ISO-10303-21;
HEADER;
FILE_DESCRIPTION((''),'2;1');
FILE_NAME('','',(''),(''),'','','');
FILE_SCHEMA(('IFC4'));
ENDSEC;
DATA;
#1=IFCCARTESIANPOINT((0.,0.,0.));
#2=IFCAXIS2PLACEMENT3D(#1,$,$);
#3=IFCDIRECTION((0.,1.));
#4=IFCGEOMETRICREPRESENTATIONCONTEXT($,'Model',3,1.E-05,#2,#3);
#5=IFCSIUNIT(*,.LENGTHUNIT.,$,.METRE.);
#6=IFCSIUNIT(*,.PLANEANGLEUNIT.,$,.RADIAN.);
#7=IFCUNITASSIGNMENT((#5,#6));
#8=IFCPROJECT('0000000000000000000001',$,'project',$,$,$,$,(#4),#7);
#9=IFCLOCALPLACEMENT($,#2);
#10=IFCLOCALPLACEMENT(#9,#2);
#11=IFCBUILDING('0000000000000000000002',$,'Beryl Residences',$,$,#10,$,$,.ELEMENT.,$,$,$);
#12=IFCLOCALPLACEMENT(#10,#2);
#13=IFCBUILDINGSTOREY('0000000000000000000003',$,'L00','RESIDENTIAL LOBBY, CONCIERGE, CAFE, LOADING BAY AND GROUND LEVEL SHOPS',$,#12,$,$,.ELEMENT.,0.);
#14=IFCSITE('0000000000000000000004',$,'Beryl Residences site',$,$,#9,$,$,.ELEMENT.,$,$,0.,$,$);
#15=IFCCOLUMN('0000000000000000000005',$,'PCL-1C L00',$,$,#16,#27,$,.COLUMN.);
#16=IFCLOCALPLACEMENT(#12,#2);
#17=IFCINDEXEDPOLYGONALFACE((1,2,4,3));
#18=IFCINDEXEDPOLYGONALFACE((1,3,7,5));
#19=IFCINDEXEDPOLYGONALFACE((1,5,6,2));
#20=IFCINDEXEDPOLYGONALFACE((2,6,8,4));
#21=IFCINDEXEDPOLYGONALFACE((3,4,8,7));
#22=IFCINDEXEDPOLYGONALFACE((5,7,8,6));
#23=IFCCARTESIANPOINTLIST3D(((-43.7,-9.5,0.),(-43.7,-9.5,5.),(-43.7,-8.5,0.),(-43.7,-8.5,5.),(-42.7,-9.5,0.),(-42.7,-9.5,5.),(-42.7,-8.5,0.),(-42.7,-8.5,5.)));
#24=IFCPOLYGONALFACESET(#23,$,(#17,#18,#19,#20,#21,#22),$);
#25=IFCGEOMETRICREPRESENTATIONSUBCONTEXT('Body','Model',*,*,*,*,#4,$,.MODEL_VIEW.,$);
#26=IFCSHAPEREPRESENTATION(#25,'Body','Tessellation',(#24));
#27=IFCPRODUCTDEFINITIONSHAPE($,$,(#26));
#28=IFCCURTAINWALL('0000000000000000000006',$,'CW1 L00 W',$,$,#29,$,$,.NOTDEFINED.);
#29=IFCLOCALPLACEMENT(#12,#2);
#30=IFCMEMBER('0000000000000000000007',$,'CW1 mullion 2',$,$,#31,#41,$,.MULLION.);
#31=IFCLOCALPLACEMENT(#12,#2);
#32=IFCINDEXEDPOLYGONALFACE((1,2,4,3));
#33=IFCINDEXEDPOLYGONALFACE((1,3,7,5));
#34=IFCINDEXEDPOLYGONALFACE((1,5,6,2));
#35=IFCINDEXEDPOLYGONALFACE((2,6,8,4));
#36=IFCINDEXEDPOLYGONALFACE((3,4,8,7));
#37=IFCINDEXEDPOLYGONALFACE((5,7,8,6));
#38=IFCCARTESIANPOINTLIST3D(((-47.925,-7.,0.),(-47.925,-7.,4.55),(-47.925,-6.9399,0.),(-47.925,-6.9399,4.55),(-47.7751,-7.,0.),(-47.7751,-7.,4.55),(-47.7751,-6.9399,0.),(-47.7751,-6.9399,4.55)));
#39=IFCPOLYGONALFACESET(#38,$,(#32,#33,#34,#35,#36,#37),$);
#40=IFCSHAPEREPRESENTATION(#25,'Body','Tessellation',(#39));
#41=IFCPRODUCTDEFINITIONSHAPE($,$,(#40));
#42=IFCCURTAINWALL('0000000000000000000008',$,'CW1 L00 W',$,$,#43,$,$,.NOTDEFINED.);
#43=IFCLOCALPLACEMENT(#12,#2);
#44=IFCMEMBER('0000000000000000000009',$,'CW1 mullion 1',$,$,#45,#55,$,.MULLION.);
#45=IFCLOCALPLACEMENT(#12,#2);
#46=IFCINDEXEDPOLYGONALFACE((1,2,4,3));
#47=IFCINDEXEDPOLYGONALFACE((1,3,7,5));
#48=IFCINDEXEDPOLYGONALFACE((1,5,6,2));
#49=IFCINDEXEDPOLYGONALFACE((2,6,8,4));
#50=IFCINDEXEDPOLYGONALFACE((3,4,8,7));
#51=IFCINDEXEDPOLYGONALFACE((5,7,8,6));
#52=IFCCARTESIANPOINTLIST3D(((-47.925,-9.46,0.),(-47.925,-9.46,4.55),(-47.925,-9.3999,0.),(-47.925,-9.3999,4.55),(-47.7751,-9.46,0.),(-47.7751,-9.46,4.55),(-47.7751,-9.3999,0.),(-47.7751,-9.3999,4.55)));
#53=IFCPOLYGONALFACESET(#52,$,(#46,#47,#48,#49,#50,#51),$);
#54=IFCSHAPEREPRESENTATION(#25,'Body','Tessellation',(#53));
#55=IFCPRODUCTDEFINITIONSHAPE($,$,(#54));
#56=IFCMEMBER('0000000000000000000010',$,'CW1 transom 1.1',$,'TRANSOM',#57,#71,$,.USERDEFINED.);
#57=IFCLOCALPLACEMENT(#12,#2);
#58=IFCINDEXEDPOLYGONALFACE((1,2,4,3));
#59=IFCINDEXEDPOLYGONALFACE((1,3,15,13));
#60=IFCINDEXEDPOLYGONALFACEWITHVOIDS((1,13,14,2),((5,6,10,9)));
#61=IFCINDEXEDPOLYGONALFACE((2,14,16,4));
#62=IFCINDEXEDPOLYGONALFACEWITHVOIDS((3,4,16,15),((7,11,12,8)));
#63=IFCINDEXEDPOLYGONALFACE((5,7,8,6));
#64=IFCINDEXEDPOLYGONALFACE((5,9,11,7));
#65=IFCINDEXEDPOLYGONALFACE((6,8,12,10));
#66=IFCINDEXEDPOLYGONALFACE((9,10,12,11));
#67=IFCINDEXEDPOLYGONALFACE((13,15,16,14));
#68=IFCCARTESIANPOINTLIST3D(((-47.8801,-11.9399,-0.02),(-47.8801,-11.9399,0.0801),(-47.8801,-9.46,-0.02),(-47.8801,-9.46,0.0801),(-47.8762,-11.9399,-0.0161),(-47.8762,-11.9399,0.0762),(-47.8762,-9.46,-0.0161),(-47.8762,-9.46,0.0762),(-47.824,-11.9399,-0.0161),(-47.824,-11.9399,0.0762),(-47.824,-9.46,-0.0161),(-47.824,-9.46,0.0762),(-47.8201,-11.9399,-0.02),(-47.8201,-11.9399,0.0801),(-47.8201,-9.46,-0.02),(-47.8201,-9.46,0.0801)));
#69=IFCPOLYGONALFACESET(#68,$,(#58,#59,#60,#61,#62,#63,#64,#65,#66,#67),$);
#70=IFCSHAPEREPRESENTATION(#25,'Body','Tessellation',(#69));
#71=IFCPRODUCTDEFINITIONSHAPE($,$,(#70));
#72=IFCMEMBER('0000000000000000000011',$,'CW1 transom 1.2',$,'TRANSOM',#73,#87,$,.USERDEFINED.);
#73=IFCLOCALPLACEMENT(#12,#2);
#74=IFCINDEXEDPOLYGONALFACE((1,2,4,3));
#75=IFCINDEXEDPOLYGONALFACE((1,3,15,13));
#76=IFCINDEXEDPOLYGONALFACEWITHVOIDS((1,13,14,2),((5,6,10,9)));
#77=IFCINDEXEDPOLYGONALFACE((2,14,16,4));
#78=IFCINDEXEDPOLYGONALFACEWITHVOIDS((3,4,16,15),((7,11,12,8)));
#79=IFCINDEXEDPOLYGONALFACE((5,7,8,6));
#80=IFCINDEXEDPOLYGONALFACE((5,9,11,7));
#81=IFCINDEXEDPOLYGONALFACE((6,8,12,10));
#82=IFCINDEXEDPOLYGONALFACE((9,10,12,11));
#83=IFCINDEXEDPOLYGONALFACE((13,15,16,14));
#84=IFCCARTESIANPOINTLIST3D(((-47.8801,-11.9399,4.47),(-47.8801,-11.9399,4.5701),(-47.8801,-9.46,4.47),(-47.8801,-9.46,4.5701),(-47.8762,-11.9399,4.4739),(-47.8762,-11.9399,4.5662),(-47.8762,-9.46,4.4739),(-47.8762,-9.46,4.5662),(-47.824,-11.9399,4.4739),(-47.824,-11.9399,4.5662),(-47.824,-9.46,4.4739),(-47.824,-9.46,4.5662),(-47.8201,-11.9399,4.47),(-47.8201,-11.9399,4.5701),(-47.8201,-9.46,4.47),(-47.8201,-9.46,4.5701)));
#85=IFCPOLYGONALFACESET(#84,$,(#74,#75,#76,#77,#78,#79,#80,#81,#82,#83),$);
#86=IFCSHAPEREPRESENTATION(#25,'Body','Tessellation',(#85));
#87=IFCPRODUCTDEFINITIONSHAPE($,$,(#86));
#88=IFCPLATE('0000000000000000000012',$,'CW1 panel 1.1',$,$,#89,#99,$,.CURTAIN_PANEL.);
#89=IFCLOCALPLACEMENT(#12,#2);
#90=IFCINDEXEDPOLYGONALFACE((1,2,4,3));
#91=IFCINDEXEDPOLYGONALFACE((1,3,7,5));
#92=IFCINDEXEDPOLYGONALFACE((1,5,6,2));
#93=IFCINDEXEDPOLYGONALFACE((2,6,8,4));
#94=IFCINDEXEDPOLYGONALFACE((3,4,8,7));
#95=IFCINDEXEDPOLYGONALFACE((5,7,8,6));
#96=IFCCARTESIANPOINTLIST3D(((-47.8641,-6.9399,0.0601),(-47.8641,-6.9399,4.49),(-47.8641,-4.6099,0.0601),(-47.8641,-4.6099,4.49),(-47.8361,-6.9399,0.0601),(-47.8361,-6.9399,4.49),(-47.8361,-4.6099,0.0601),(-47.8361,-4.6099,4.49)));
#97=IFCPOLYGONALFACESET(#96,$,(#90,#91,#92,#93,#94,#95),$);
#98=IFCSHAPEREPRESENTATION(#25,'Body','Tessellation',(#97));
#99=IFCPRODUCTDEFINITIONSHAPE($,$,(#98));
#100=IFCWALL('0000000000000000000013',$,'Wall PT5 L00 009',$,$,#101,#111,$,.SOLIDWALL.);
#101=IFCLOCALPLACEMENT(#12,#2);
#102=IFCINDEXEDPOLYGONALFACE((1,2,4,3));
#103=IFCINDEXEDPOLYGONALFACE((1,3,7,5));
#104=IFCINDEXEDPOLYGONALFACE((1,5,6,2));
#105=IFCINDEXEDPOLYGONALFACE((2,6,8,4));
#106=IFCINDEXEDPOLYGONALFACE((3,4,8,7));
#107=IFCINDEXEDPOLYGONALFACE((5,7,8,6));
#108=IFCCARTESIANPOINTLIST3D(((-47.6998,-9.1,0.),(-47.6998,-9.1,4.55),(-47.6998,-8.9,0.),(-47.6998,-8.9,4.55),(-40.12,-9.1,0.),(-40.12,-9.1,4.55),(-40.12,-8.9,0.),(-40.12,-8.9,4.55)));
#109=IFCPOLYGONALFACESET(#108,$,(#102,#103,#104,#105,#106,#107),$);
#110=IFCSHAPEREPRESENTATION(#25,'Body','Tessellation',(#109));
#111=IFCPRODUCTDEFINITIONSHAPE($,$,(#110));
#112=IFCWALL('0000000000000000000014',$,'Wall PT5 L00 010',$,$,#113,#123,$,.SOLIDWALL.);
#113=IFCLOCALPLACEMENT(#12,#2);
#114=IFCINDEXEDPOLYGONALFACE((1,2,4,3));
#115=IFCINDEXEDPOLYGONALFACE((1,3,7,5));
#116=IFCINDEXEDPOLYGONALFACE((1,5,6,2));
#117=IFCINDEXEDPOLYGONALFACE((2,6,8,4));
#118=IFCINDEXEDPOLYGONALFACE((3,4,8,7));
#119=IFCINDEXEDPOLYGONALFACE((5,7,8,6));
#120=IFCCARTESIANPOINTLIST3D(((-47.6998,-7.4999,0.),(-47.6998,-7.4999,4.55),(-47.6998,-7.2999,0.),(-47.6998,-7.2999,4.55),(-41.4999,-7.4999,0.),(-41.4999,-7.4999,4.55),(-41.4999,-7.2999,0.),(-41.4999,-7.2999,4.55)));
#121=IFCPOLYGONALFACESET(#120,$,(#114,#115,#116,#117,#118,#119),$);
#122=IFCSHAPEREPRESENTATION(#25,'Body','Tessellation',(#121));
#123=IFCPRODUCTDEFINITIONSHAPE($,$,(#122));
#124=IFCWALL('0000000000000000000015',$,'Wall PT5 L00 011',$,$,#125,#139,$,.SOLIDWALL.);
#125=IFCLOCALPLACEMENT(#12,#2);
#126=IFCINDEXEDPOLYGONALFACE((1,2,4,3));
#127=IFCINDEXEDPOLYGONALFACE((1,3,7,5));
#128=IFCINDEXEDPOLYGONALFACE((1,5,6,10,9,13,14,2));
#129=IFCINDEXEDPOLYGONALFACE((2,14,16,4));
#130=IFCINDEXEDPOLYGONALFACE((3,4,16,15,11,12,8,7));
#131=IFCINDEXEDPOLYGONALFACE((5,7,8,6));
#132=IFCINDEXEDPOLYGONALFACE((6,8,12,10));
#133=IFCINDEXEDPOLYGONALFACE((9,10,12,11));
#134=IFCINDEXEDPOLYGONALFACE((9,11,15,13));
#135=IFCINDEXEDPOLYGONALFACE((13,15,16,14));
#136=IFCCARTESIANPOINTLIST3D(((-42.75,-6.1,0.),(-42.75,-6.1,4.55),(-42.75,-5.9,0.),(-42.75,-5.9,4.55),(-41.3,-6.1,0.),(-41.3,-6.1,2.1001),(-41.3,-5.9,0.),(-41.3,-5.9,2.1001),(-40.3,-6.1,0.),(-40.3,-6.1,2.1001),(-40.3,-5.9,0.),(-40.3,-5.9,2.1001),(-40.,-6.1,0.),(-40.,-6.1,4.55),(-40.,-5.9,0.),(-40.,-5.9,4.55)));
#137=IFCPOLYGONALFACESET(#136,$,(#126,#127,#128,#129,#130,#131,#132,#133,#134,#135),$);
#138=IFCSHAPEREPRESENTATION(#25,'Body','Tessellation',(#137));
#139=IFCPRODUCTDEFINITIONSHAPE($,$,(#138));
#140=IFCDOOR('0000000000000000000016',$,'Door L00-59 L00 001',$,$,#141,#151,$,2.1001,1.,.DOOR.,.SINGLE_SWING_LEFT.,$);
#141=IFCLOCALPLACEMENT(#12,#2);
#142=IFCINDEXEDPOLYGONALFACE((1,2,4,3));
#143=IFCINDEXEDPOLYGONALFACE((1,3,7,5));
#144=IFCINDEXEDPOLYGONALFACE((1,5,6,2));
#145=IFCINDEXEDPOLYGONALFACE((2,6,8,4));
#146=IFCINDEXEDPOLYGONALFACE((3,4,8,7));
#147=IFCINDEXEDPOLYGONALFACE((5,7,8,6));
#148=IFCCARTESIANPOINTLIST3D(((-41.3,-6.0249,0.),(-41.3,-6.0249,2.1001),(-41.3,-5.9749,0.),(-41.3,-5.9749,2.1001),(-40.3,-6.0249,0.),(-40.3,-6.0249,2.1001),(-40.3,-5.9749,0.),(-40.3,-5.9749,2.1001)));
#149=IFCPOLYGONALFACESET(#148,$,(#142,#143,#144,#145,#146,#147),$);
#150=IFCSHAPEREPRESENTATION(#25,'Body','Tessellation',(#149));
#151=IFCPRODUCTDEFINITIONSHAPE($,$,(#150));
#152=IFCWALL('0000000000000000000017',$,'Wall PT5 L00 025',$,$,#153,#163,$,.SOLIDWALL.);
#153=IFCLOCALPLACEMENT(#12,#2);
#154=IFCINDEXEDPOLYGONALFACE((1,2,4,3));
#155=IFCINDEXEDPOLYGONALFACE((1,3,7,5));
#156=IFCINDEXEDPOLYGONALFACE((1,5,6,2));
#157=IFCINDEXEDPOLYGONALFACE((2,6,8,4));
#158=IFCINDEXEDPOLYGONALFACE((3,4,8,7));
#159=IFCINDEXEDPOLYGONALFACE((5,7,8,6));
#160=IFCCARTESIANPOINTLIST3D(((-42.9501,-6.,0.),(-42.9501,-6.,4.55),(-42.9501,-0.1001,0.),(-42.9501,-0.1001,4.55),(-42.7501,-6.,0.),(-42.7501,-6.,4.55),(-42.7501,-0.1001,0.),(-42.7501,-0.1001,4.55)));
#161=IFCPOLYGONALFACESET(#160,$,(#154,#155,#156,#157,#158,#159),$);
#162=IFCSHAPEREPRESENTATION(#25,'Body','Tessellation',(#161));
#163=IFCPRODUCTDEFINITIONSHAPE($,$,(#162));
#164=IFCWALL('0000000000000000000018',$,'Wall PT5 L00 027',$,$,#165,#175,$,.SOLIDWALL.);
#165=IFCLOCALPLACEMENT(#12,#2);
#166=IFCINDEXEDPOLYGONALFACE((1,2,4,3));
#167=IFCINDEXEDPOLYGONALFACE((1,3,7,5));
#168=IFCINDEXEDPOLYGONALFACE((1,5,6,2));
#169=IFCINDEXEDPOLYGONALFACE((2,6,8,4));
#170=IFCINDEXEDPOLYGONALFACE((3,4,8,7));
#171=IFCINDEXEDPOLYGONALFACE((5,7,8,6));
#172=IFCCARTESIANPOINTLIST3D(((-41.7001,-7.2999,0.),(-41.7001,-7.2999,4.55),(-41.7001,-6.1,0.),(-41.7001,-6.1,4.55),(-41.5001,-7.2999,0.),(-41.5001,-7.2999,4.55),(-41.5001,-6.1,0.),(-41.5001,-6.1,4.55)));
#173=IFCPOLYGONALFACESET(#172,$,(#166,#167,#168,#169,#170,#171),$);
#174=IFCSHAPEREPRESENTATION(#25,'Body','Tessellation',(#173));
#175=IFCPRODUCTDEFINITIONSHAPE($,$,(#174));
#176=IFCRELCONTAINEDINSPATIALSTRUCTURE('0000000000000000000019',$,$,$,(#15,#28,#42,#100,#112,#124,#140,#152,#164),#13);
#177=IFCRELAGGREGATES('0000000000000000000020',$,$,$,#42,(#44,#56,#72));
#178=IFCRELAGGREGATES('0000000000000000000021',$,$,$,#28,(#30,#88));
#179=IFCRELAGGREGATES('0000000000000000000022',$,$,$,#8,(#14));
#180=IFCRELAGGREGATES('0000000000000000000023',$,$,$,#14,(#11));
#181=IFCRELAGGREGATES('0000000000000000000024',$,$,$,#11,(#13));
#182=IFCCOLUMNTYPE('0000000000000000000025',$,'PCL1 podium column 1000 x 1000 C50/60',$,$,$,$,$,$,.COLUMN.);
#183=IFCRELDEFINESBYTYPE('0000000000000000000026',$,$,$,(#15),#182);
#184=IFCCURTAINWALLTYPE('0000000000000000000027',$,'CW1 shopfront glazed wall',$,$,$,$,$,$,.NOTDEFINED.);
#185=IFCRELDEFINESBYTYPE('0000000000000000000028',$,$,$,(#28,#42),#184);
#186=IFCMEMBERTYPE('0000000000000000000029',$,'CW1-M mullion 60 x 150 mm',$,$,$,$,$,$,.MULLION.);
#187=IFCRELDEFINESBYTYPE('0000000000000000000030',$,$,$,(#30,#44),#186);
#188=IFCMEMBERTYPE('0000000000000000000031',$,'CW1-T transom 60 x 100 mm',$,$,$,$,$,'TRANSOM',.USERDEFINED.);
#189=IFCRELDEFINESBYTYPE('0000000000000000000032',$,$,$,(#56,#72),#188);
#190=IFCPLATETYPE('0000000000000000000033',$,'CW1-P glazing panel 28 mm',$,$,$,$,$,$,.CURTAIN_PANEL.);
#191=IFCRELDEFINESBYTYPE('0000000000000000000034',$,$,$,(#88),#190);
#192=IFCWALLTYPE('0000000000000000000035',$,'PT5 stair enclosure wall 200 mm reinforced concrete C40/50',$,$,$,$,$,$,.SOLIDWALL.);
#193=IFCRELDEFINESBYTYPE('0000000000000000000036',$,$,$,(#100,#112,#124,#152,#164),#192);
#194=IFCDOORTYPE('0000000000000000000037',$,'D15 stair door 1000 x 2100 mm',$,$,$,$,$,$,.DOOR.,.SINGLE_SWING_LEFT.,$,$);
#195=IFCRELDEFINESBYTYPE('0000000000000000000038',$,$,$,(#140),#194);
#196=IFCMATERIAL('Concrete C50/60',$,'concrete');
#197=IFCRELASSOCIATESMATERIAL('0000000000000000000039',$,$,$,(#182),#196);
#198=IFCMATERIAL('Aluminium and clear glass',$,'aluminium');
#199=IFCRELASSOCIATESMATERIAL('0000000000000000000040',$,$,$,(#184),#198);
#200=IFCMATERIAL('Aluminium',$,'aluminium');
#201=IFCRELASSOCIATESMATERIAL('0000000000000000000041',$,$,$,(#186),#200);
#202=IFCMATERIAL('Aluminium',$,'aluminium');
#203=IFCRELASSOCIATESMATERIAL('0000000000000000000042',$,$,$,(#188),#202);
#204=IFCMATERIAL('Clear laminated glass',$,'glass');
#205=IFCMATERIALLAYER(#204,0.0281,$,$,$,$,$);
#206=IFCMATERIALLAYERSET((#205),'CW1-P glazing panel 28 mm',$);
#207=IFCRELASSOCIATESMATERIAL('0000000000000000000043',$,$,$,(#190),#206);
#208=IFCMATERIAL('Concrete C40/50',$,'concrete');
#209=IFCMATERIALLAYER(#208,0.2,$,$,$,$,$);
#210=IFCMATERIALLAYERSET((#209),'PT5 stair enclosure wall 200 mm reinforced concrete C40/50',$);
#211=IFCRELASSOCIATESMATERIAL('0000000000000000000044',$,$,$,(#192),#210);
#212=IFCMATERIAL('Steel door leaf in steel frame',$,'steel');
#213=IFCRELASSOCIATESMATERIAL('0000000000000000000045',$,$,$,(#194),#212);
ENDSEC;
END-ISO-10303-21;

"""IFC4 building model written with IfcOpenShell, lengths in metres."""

from ifc_helpers import new_model, si_unit, direction, frame, frame_2d, origin, origin_2d, place, context, subcontext, project, spatial, rectangle, hollow_rectangle, extrude, material, layer, layer_set, material_profile, profile_set, type_object, element, fill, aggregate, save


model = new_model("IFC4")

# Units and contexts
model_context = context("Model", 3, precision=1e-05, world=origin(), true_north=direction((0.0, 1.0)))
body_context = subcontext(model_context, "Body", "Model", "MODEL_VIEW")
ifc_project = project(units=[si_unit("LENGTHUNIT", "METRE"), si_unit("PLANEANGLEUNIT", "RADIAN")], contexts=[model_context])

# Site, building, storey
site_placement = place(None, origin())
site = spatial("IfcSite", under=ifc_project, at=site_placement, Name="Beryl Residences site", CompositionType="ELEMENT", RefElevation=0.0)
building_placement = place(site_placement, origin())
building = spatial("IfcBuilding", under=site, at=building_placement, Name="Beryl Residences", CompositionType="ELEMENT")
storey_placement = place(building_placement, origin())
storey = spatial("IfcBuildingStorey", under=building, at=storey_placement, Name="L00", Description="RESIDENTIAL LOBBY, CONCIERGE, CAFE, LOADING BAY AND GROUND LEVEL SHOPS", CompositionType="ELEMENT", Elevation=0.0)

# Column
ifc_material_1 = material(Name="Concrete C50/60", Category="concrete")
ifc_material_profile_1 = material_profile(ifc_material_1, rectangle(XDim=1.0, YDim=1.0, at=origin_2d()))
ifc_profile_set_1 = profile_set([ifc_material_profile_1], Name="Concrete C50/60")
column_type = type_object("IfcColumnType", Name="PCL1 podium column 1000 x 1000 C50/60", PredefinedType="COLUMN", material=ifc_profile_set_1)
column_placement = place(storey_placement, frame((-43.2, -9.0, 0.0), z_axis=(0.0, 0.0, 1.0), x_axis=(1.0, 0.0, 0.0)))
element("IfcColumn", 1, at=column_placement, inside=storey, type_object=column_type, Name="PCL-1C L00", PredefinedType="COLUMN", context=body_context, shape_type="SweptSolid", body=[
    extrude(rectangle(XDim=1.0, YDim=1.0, at=origin_2d()), origin(), (0.0, 0.0, 1.0), 5.0),
])

# Curtain wall, member
ifc_material_2 = material(Name="Aluminium and clear glass", Category="aluminium")
curtain_wall_type = type_object("IfcCurtainWallType", Name="CW1 shopfront glazed wall", PredefinedType="NOTDEFINED", material=ifc_material_2)
curtain_wall_1_placement = place(storey_placement, origin())
curtain_wall_1 = element("IfcCurtainWall", 2, at=curtain_wall_1_placement, inside=storey, type_object=curtain_wall_type, Name="CW1 L00 W", PredefinedType="NOTDEFINED")
ifc_material_3 = material(Name="Aluminium", Category="aluminium")
ifc_material_profile_2 = material_profile(ifc_material_3, rectangle(XDim=0.0601, YDim=0.1499, at=origin_2d()))
ifc_profile_set_2 = profile_set([ifc_material_profile_2], Name="Aluminium")
member_type_1 = type_object("IfcMemberType", Name="CW1-M mullion 60 x 150 mm", PredefinedType="MULLION", material=ifc_profile_set_2)
member_1_placement = place(storey_placement, frame((-47.8501, -6.97, 0.0), z_axis=(0.0, 0.0, 1.0), x_axis=(0.0, -1.0, 0.0)))
member_1 = element("IfcMember", 3, at=member_1_placement, type_object=member_type_1, Name="CW1 mullion 2", PredefinedType="MULLION", context=body_context, shape_type="SweptSolid", body=[
    extrude(rectangle(XDim=0.0601, YDim=0.1499, at=origin_2d()), origin(), (0.0, 0.0, 1.0), 4.55),
])

# Curtain wall, members
curtain_wall_2_placement = place(storey_placement, origin())
curtain_wall_2 = element("IfcCurtainWall", 4, at=curtain_wall_2_placement, inside=storey, type_object=curtain_wall_type, Name="CW1 L00 W", PredefinedType="NOTDEFINED")
member_2_placement = place(storey_placement, frame((-47.8501, -9.4299, 0.0), z_axis=(0.0, 0.0, 1.0), x_axis=(0.0, -1.0, 0.0)))
member_2 = element("IfcMember", 5, at=member_2_placement, type_object=member_type_1, Name="CW1 mullion 1", PredefinedType="MULLION", context=body_context, shape_type="SweptSolid", body=[
    extrude(rectangle(XDim=0.0601, YDim=0.1499, at=origin_2d()), origin(), (0.0, 0.0, 1.0), 4.55),
])
ifc_material_4 = material(Name="Aluminium", Category="aluminium")
ifc_material_profile_3 = material_profile(ifc_material_4, hollow_rectangle(XDim=0.0601, YDim=0.1001, WallThickness=0.0039, at=origin_2d()))
ifc_profile_set_3 = profile_set([ifc_material_profile_3], Name="Aluminium")
member_type_2 = type_object("IfcMemberType", Name="CW1-T transom 60 x 100 mm", ElementType="TRANSOM", PredefinedType="USERDEFINED", material=ifc_profile_set_3)
member_3_placement = place(storey_placement, frame((-47.8501, -9.46, 0.03), z_axis=(0.0, -1.0, 0.0), x_axis=(1.0, 0.0, 0.0)))
member_3 = element("IfcMember", 6, at=member_3_placement, type_object=member_type_2, Name="CW1 transom 1.1", ObjectType="TRANSOM", PredefinedType="USERDEFINED", context=body_context, shape_type="SweptSolid", body=[
    extrude(hollow_rectangle(XDim=0.0601, YDim=0.1001, WallThickness=0.0039, at=origin_2d()), origin(), (0.0, 0.0, 1.0), 2.48),
])
member_4_placement = place(storey_placement, frame((-47.8501, -9.46, 4.52), z_axis=(0.0, -1.0, 0.0), x_axis=(1.0, 0.0, 0.0)))
member_4 = element("IfcMember", 7, at=member_4_placement, type_object=member_type_2, Name="CW1 transom 1.2", ObjectType="TRANSOM", PredefinedType="USERDEFINED", context=body_context, shape_type="SweptSolid", body=[
    extrude(hollow_rectangle(XDim=0.0601, YDim=0.1001, WallThickness=0.0039, at=origin_2d()), origin(), (0.0, 0.0, 1.0), 2.48),
])
aggregate(curtain_wall_2, [member_2, member_3, member_4])

# Plate
ifc_material_5 = material(Name="Clear laminated glass", Category="glass")
ifc_layer_1 = layer(ifc_material_5, 0.0281)
ifc_layer_set_1 = layer_set([ifc_layer_1], Name="CW1-P glazing panel 28 mm")
plate_type = type_object("IfcPlateType", Name="CW1-P glazing panel 28 mm", PredefinedType="CURTAIN_PANEL", material=ifc_layer_set_1)
plate_placement = place(storey_placement, frame((-47.8501, -5.7749, 0.0601), z_axis=(0.0, 0.0, 1.0), x_axis=(0.0, -1.0, 0.0)))
plate = element("IfcPlate", 8, at=plate_placement, type_object=plate_type, Name="CW1 panel 1.1", PredefinedType="CURTAIN_PANEL", context=body_context, shape_type="SweptSolid", body=[
    extrude(rectangle(XDim=2.3301, YDim=0.0281, at=origin_2d()), origin(), (0.0, 0.0, 1.0), 4.4299),
])
aggregate(curtain_wall_1, [member_1, plate])

# Walls
ifc_material_6 = material(Name="Concrete C40/50", Category="concrete")
ifc_layer_2 = layer(ifc_material_6, 0.2)
ifc_layer_set_2 = layer_set([ifc_layer_2], Name="PT5 stair enclosure wall 200 mm reinforced concrete C40/50")
wall_type_1 = type_object("IfcWallType", Name="PT5 stair enclosure wall 200 mm reinforced concrete C40/50", PredefinedType="SOLIDWALL", material=ifc_layer_set_2)
wall_1_placement = place(storey_placement, frame((-47.7, -9.0, 0.0), z_axis=(0.0, 0.0, 1.0), x_axis=(1.0, 0.0, 0.0)))
element("IfcWall", 9, at=wall_1_placement, inside=storey, type_object=wall_type_1, Name="Wall PT5 L00 009", PredefinedType="SOLIDWALL", context=body_context, shape_type="SweptSolid", body=[
    extrude(rectangle(XDim=7.5798, YDim=0.2, at=frame_2d((3.79, 0.0))), origin(), (0.0, 0.0, 1.0), 4.55),
])
wall_2_placement = place(storey_placement, frame((-47.7, -7.3999, 0.0), z_axis=(0.0, 0.0, 1.0), x_axis=(1.0, 0.0, 0.0)))
element("IfcWall", 10, at=wall_2_placement, inside=storey, type_object=wall_type_1, Name="Wall PT5 L00 010", PredefinedType="SOLIDWALL", context=body_context, shape_type="SweptSolid", body=[
    extrude(rectangle(XDim=6.2, YDim=0.2, at=frame_2d((3.1001, 0.0))), origin(), (0.0, 0.0, 1.0), 4.55),
])

# Wall, opening, door
wall_3_placement = place(storey_placement, frame((-42.75, -6.0, 0.0), z_axis=(0.0, 0.0, 1.0), x_axis=(1.0, 0.0, 0.0)))
wall_3 = element("IfcWall", 11, at=wall_3_placement, inside=storey, type_object=wall_type_1, Name="Wall PT5 L00 011", PredefinedType="SOLIDWALL", context=body_context, shape_type="SweptSolid", body=[
    extrude(rectangle(XDim=2.75, YDim=0.2, at=frame_2d((1.375, 0.0))), origin(), (0.0, 0.0, 1.0), 4.55),
])
opening_1_placement = place(wall_3_placement, frame((2.45, 0.0, 0.0), z_axis=(0.0, 0.0, 1.0), x_axis=(-1.0, 0.0, 0.0)))
opening_1 = element("IfcOpeningElement", 12, at=opening_1_placement, cuts=wall_3, PredefinedType="OPENING", context=body_context, shape_type="SweptSolid", body=[
    extrude(rectangle(XDim=1.0, YDim=2.1001, at=frame_2d((0.5, 1.05))), frame((0.0, 0.1099, 0.0), z_axis=(0.0, -1.0, 0.0), x_axis=(1.0, 0.0, 0.0)), (0.0, 0.0, 1.0), 0.22),
])
ifc_material_7 = material(Name="Steel door leaf in steel frame", Category="steel")
door_type_1 = type_object("IfcDoorType", Name="D15 stair door 1000 x 2100 mm", OperationType="SINGLE_SWING_LEFT", PredefinedType="DOOR", material=ifc_material_7)
door_1_placement = place(opening_1_placement, origin())
door_1 = element("IfcDoor", 13, at=door_1_placement, inside=storey, type_object=door_type_1, Name="Door L00-59 L00 001", OperationType="SINGLE_SWING_LEFT", OverallHeight=2.1001, OverallWidth=1.0, PredefinedType="DOOR", context=body_context, shape_type="SweptSolid", body=[
    extrude(rectangle(XDim=1.0, YDim=2.1001, at=frame_2d((0.5, 1.05))), frame((0.0, 0.0249, 0.0), z_axis=(0.0, -1.0, 0.0), x_axis=(1.0, 0.0, 0.0)), (0.0, 0.0, 1.0), 0.05),
])
fill(opening_1, door_1)

# Walls
wall_4_placement = place(storey_placement, frame((-42.8501, -6.0, 0.0), z_axis=(0.0, 0.0, 1.0), x_axis=(0.0, 1.0, 0.0)))
element("IfcWall", 14, at=wall_4_placement, inside=storey, type_object=wall_type_1, Name="Wall PT5 L00 025", PredefinedType="SOLIDWALL", context=body_context, shape_type="SweptSolid", body=[
    extrude(rectangle(XDim=5.8999, YDim=0.2, at=frame_2d((2.95, 0.0))), origin(), (0.0, 0.0, 1.0), 4.55),
])
wall_5_placement = place(storey_placement, frame((-41.6001, -7.3, 0.0), z_axis=(0.0, 0.0, 1.0), x_axis=(0.0, 1.0, 0.0)))
element("IfcWall", 15, at=wall_5_placement, inside=storey, type_object=wall_type_1, Name="Wall PT5 L00 027", PredefinedType="SOLIDWALL", context=body_context, shape_type="SweptSolid", body=[
    extrude(rectangle(XDim=1.2, YDim=0.2, at=frame_2d((0.6001, 0.0))), origin(), (0.0, 0.0, 1.0), 4.55),
])

save(model, "model.ifc")
